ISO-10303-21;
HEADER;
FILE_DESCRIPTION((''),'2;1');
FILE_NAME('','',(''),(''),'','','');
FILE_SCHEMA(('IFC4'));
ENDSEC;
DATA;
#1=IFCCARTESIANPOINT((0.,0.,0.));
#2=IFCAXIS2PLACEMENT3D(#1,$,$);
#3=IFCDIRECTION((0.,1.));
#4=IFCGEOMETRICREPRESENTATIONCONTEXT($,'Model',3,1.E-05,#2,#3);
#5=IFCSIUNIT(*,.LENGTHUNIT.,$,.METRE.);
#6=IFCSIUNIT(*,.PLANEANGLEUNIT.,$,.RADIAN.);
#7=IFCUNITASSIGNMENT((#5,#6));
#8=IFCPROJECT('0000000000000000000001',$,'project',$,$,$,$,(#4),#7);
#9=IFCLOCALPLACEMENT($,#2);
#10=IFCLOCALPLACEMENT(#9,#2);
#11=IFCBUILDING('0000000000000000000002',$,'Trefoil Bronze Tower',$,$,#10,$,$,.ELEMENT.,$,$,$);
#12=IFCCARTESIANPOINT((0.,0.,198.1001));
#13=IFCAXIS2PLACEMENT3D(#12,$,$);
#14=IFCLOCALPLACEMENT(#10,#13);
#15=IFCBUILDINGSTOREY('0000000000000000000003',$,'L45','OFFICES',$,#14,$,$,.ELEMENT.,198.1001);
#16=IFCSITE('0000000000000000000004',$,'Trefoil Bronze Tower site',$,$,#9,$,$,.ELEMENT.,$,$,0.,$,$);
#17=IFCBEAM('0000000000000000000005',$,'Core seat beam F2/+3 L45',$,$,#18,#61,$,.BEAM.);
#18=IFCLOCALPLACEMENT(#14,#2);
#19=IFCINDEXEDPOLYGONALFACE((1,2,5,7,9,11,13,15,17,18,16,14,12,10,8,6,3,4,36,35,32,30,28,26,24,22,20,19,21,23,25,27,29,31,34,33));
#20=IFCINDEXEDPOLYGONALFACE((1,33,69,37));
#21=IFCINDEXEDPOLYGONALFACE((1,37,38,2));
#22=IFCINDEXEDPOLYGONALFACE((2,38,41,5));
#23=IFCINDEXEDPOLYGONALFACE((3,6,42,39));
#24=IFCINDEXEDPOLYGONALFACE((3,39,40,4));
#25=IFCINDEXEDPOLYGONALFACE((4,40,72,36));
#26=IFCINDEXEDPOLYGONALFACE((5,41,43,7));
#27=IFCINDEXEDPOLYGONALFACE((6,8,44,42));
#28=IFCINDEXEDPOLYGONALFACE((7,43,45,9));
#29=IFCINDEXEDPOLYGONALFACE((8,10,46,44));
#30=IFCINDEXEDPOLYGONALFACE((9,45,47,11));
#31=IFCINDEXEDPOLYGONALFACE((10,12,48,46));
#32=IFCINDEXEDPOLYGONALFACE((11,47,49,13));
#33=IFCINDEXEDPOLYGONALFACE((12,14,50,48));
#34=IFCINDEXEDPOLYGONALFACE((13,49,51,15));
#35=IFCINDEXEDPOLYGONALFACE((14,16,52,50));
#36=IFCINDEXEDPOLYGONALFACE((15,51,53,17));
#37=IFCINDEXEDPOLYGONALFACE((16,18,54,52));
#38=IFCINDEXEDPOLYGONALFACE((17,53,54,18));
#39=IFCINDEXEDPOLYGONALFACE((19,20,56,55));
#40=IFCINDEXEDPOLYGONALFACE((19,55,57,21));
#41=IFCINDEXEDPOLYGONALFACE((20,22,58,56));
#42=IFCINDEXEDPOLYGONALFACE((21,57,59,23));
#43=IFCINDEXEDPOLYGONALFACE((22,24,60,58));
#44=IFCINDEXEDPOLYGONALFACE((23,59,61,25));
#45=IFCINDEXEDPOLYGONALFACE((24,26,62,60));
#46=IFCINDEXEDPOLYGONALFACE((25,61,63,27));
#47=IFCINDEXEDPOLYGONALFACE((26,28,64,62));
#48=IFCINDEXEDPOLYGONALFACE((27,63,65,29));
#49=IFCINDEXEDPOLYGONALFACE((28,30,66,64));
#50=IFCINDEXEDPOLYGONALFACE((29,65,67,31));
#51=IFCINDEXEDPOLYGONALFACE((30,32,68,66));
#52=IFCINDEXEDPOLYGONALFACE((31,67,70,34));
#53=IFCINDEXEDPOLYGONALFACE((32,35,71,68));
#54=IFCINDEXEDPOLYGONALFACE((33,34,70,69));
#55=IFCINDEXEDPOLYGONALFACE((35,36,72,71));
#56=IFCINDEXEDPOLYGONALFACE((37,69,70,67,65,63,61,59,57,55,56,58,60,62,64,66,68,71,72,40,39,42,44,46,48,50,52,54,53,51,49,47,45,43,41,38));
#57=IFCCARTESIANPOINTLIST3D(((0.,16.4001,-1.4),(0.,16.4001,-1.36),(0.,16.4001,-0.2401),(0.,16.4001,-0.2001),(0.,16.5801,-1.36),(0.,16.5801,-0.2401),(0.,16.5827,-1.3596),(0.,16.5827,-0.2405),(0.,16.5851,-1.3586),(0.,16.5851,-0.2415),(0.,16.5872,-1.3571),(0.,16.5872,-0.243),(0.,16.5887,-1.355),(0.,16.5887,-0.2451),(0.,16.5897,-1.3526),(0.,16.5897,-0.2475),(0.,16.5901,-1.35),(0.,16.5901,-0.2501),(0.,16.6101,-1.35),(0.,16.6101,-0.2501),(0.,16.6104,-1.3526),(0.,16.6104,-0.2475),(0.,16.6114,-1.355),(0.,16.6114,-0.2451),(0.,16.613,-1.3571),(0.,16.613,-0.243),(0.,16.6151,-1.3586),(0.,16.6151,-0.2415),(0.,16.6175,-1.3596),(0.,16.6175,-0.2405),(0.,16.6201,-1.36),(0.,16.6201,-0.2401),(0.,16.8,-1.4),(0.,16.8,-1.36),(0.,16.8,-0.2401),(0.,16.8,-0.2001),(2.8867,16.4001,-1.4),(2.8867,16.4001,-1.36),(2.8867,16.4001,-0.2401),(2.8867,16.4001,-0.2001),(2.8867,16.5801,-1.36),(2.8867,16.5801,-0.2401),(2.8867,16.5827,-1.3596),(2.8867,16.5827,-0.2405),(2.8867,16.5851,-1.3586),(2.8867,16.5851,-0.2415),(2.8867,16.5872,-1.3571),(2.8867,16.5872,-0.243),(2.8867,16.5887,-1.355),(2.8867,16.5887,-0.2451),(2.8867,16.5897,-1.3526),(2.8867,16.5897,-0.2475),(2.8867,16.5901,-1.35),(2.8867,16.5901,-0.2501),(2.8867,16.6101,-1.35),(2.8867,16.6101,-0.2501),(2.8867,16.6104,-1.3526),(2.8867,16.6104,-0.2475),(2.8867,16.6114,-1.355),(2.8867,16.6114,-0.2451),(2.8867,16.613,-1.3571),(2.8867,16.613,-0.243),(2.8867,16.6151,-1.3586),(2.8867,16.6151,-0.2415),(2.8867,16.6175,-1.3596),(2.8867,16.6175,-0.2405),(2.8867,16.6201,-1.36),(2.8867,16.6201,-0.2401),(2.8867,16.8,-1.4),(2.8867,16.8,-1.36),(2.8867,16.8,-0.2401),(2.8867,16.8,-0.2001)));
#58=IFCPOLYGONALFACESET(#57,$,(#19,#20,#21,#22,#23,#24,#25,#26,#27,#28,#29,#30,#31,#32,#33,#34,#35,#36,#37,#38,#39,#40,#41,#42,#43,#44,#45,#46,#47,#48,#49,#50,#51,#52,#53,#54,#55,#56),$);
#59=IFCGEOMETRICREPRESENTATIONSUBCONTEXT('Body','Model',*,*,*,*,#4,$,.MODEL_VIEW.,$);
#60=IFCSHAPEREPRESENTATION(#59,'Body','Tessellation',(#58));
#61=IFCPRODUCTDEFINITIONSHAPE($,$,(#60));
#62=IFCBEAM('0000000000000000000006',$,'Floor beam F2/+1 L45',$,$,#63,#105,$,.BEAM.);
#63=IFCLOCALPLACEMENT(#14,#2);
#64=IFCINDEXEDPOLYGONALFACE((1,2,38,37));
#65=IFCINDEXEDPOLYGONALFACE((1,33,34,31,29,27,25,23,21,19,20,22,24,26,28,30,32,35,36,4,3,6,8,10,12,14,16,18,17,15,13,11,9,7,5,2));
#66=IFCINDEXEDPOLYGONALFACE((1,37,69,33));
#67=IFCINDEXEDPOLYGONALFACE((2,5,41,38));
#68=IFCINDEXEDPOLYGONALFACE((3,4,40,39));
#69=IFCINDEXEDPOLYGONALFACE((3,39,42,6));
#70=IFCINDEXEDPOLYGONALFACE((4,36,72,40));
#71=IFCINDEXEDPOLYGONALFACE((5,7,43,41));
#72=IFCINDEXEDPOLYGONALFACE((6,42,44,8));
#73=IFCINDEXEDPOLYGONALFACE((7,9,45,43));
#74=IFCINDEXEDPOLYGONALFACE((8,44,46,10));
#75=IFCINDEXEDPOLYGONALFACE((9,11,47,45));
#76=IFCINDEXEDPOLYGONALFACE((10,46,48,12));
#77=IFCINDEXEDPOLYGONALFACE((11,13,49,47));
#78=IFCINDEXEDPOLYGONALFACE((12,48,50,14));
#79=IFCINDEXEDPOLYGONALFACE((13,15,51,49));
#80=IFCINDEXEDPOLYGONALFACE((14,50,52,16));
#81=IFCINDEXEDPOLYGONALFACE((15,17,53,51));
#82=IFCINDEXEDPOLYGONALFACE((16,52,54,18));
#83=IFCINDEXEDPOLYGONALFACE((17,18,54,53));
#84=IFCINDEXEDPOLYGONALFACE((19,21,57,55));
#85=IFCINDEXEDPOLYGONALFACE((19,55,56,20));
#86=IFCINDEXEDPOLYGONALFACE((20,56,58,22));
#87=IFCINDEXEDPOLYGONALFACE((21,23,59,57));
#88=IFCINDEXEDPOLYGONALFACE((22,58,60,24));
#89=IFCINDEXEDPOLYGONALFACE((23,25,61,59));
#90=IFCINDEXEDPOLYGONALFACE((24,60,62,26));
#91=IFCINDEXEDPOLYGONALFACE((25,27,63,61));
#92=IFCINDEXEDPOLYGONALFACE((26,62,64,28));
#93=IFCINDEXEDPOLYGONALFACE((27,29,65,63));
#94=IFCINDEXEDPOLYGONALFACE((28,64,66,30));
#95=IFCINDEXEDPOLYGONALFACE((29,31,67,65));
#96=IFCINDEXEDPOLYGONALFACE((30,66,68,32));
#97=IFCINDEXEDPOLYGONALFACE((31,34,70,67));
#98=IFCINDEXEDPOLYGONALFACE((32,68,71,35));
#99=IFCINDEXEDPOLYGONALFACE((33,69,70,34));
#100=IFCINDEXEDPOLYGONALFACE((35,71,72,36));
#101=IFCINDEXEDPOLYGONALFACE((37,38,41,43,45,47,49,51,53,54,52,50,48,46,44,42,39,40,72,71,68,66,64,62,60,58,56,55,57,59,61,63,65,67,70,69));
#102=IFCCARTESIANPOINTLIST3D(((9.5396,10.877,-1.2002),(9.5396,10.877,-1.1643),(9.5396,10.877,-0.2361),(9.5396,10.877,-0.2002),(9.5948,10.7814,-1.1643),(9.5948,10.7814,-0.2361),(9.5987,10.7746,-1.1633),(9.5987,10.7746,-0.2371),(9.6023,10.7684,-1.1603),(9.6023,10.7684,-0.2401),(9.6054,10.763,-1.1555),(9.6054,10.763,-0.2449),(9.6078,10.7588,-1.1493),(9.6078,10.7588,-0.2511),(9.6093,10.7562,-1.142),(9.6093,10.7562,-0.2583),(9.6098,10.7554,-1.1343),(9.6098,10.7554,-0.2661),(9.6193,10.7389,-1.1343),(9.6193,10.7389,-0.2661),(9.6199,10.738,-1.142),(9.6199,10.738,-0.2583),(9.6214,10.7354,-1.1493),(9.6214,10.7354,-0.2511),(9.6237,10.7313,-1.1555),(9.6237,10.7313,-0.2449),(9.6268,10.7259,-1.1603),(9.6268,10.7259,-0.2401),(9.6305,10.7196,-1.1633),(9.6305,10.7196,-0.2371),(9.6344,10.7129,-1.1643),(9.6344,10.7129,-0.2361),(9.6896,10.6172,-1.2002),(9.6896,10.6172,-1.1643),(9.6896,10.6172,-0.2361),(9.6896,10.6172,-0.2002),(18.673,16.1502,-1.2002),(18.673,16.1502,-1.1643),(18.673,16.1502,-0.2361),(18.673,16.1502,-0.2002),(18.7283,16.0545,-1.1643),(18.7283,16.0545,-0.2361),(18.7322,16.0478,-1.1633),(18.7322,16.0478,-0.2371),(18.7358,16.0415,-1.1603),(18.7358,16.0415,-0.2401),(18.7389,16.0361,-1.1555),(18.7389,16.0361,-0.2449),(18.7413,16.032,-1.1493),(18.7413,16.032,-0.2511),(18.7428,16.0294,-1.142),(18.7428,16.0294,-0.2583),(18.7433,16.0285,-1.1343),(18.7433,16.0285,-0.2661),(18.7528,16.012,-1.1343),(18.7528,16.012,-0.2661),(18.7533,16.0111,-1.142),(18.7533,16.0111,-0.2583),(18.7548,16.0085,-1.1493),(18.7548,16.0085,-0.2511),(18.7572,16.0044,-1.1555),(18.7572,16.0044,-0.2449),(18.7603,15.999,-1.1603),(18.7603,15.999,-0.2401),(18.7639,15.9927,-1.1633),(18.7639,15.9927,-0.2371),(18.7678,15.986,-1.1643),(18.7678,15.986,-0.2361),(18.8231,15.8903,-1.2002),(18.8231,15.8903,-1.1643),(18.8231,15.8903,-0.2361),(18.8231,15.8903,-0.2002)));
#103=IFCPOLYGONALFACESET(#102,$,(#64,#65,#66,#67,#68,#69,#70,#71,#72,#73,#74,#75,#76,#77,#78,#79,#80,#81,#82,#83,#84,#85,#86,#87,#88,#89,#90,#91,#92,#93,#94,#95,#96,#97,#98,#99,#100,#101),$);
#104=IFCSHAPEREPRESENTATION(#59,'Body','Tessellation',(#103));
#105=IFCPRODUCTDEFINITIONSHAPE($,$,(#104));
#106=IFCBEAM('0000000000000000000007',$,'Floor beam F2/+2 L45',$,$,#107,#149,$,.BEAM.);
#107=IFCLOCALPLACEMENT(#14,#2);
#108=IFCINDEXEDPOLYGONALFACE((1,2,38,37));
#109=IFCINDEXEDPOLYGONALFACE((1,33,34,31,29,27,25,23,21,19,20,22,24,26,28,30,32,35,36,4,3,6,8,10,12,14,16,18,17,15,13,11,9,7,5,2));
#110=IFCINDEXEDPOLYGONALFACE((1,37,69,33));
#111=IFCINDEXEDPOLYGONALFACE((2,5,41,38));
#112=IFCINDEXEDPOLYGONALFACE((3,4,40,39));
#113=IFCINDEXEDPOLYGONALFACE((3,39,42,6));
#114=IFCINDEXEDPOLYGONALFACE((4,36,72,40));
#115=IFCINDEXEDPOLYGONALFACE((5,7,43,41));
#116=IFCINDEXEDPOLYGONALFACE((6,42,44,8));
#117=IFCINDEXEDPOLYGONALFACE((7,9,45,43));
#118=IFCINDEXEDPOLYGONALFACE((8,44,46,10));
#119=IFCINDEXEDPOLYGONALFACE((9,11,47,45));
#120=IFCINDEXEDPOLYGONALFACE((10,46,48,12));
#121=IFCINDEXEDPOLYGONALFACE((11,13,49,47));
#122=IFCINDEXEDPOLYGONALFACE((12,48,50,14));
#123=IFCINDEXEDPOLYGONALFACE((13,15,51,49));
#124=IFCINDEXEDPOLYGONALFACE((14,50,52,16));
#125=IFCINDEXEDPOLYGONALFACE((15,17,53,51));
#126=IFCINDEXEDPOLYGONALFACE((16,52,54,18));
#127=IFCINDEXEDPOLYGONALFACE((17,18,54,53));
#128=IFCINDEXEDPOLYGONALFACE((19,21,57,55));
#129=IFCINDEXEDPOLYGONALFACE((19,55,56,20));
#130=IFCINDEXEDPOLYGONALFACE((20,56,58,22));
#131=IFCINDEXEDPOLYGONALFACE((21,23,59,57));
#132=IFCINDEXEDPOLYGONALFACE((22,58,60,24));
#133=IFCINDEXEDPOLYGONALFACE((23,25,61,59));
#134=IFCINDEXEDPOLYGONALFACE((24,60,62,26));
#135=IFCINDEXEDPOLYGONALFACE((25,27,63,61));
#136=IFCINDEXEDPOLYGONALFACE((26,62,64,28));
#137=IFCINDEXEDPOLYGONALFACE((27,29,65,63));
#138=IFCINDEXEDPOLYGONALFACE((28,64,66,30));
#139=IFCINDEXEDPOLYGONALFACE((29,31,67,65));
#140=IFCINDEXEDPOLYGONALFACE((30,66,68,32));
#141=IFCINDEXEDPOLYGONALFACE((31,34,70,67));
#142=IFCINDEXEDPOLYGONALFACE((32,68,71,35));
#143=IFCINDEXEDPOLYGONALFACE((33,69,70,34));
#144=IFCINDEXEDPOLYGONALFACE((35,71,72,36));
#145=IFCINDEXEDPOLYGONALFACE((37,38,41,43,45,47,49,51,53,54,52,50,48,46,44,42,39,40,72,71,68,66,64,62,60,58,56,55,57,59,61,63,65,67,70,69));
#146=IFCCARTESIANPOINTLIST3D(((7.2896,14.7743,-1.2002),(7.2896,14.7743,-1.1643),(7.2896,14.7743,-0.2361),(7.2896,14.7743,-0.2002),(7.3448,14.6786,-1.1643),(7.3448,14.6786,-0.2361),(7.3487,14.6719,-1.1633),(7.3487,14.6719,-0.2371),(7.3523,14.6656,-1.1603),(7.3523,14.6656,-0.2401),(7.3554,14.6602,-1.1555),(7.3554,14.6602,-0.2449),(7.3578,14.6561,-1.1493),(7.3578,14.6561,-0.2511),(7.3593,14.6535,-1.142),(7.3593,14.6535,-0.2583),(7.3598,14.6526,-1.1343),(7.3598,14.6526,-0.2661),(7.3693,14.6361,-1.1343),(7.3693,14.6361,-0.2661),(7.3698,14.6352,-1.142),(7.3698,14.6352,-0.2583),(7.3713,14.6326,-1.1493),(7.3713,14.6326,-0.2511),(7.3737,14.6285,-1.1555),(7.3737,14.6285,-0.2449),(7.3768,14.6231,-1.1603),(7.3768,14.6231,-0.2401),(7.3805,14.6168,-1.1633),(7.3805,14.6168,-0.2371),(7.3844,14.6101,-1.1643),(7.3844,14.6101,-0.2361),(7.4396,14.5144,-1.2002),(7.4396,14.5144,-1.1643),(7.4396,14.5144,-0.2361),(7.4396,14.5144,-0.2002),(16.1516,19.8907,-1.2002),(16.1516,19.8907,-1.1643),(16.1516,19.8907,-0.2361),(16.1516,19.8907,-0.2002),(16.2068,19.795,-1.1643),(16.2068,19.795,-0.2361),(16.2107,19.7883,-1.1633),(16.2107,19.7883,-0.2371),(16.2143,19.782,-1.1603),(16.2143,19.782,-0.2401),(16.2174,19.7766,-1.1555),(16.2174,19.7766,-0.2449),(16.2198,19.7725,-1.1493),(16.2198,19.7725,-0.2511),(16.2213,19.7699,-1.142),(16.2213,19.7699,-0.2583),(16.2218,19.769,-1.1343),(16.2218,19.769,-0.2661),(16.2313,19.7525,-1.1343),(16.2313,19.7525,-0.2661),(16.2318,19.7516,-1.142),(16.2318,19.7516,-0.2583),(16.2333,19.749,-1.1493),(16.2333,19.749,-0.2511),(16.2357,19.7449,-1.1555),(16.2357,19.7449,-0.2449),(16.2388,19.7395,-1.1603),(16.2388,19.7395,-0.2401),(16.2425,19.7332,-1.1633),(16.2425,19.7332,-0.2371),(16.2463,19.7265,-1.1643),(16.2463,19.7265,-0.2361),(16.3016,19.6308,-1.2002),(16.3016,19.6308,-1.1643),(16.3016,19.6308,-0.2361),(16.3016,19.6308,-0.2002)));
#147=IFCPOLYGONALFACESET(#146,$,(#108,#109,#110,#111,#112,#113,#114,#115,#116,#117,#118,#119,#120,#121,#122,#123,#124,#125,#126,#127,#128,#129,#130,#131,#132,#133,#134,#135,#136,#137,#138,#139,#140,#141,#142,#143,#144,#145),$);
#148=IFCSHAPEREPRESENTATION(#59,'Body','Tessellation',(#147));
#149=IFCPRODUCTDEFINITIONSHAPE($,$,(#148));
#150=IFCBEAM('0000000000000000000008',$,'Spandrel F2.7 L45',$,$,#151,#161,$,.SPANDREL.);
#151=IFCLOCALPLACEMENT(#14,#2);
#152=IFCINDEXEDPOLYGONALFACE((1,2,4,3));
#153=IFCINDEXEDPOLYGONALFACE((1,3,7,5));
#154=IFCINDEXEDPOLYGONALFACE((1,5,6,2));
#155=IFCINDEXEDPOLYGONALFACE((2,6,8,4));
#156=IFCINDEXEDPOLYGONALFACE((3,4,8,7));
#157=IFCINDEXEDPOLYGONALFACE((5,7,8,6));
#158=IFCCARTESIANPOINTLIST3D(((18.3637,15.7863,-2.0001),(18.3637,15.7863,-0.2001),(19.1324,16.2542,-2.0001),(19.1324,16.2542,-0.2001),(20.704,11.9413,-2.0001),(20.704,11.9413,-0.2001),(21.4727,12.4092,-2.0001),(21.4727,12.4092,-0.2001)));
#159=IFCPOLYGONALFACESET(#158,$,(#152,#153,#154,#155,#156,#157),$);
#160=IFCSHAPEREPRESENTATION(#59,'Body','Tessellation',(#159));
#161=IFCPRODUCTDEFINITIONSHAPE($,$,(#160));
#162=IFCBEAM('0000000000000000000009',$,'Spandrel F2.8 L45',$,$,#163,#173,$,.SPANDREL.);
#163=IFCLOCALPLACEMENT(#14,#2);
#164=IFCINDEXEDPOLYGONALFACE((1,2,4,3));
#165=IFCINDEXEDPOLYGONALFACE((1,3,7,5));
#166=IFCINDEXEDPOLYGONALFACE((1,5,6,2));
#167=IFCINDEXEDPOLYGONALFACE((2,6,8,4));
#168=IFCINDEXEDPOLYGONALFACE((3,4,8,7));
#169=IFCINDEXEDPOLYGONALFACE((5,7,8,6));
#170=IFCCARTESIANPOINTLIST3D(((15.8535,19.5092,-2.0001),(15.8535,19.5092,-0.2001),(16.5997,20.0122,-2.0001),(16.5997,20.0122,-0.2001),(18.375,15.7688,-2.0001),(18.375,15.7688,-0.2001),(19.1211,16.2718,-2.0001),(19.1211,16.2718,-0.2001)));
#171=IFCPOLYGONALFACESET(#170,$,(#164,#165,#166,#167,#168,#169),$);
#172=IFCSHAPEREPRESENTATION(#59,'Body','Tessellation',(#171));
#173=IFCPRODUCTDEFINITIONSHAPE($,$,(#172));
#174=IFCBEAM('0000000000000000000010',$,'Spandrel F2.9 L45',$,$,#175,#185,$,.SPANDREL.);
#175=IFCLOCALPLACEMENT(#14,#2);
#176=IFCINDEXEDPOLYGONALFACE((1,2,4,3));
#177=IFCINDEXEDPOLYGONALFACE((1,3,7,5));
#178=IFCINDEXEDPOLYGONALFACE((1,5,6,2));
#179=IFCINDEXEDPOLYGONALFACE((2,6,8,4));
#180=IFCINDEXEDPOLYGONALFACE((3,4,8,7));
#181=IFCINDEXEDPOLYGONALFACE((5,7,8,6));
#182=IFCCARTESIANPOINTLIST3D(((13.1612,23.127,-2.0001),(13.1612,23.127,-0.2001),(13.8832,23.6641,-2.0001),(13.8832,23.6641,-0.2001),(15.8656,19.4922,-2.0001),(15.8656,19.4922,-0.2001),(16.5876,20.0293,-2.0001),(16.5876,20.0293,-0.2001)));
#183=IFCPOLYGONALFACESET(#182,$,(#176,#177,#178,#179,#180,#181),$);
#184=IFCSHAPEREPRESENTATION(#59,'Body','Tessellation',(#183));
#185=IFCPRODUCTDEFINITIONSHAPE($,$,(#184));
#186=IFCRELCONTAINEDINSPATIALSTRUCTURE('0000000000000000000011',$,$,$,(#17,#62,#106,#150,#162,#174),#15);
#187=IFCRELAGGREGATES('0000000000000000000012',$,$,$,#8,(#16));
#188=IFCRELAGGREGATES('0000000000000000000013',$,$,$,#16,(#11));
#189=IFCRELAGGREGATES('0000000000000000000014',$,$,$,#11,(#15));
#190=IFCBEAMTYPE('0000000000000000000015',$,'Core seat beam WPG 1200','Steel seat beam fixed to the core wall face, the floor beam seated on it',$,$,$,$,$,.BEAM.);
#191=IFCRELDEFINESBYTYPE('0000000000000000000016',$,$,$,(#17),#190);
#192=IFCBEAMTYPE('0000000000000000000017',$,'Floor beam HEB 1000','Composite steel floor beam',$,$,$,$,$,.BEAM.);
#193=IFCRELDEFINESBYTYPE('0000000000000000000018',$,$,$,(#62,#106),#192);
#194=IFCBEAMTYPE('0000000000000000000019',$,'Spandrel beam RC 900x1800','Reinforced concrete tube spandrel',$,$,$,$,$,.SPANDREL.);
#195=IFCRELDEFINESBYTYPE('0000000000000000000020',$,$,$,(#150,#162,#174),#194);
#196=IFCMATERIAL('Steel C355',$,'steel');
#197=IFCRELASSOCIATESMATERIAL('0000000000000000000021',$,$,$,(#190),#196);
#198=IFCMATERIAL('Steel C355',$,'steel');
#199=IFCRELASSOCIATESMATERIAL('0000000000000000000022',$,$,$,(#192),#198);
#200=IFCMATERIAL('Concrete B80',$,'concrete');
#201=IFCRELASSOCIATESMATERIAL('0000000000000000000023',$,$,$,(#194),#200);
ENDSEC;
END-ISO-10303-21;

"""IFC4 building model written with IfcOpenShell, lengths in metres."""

from ifc_helpers import new_model, si_unit, direction, frame, origin, origin_2d, place, context, subcontext, project, spatial, rectangle, i_section, extrude, material, material_profile, profile_set, type_object, element, save


model = new_model("IFC4")

# Units and contexts
model_context = context("Model", 3, precision=1e-05, world=origin(), true_north=direction((0.0, 1.0)))
body_context = subcontext(model_context, "Body", "Model", "MODEL_VIEW")
ifc_project = project(units=[si_unit("LENGTHUNIT", "METRE"), si_unit("PLANEANGLEUNIT", "RADIAN")], contexts=[model_context])

# Site, building, storey
site_placement = place(None, origin())
site = spatial("IfcSite", under=ifc_project, at=site_placement, Name="Trefoil Bronze Tower site", CompositionType="ELEMENT", RefElevation=0.0)
building_placement = place(site_placement, origin())
building = spatial("IfcBuilding", under=site, at=building_placement, Name="Trefoil Bronze Tower", CompositionType="ELEMENT")
storey_placement = place(building_placement, frame((0.0, 0.0, 198.1001)))
storey = spatial("IfcBuildingStorey", under=building, at=storey_placement, Name="L45", Description="OFFICES", CompositionType="ELEMENT", Elevation=198.1001)

# Beams
ifc_material_1 = material(Name="Steel C355", Category="steel")
ifc_material_profile_1 = material_profile(ifc_material_1, i_section(OverallWidth=0.3999, OverallDepth=1.2, WebThickness=0.02, FlangeThickness=0.04, FilletRadius=0.01, at=origin_2d()), Name="WPG 1200")
ifc_profile_set_1 = profile_set([ifc_material_profile_1], Name="Steel C355")
beam_type_1 = type_object("IfcBeamType", Name="Core seat beam WPG 1200", Description="Steel seat beam fixed to the core wall face, the floor beam seated on it", PredefinedType="BEAM", material=ifc_profile_set_1)
beam_1_placement = place(storey_placement, frame((2.8867, 16.6001, -0.8), z_axis=(-1.0, 0.0, 0.0), x_axis=(0.0, -1.0, 0.0)))
element("IfcBeam", 1, at=beam_1_placement, inside=storey, type_object=beam_type_1, Name="Core seat beam F2/+3 L45", PredefinedType="BEAM", context=body_context, shape_type="SweptSolid", body=[
    extrude(i_section(OverallWidth=0.3999, OverallDepth=1.2, WebThickness=0.02, FlangeThickness=0.04, FilletRadius=0.01, at=origin_2d()), origin(), (0.0, 0.0, 1.0), 2.8867),
])
ifc_material_2 = material(Name="Steel C355", Category="steel")
ifc_material_profile_2 = material_profile(ifc_material_2, i_section(OverallWidth=0.3, OverallDepth=1.0, WebThickness=0.019, FlangeThickness=0.0359, FilletRadius=0.03, at=origin_2d()), Name="HEB 1000")
ifc_profile_set_2 = profile_set([ifc_material_profile_2], Name="Steel C355")
beam_type_2 = type_object("IfcBeamType", Name="Floor beam HEB 1000", Description="Composite steel floor beam", PredefinedType="BEAM", material=ifc_profile_set_2)
beam_2_placement = place(storey_placement, frame((18.748, 16.0203, -0.7002), z_axis=(-0.866028, -0.499996, 0.0), x_axis=(0.499996, -0.866028, 0.0)))
element("IfcBeam", 2, at=beam_2_placement, inside=storey, type_object=beam_type_2, Name="Floor beam F2/+1 L45", PredefinedType="BEAM", context=body_context, shape_type="SweptSolid", body=[
    extrude(i_section(OverallWidth=0.3, OverallDepth=1.0, WebThickness=0.019, FlangeThickness=0.0359, FilletRadius=0.03, at=origin_2d()), origin(), (0.0, 0.0, 1.0), 10.5464),
])
beam_3_placement = place(storey_placement, frame((16.2266, 19.7607, -0.7002), z_axis=(-0.866028, -0.499996, 0.0), x_axis=(0.499996, -0.866028, 0.0)))
element("IfcBeam", 3, at=beam_3_placement, inside=storey, type_object=beam_type_2, Name="Floor beam F2/+2 L45", PredefinedType="BEAM", context=body_context, shape_type="SweptSolid", body=[
    extrude(i_section(OverallWidth=0.3, OverallDepth=1.0, WebThickness=0.019, FlangeThickness=0.0359, FilletRadius=0.03, at=origin_2d()), origin(), (0.0, 0.0, 1.0), 10.2329),
])
ifc_material_3 = material(Name="Concrete B80", Category="concrete")
ifc_material_profile_3 = material_profile(ifc_material_3, rectangle(XDim=0.8999, YDim=1.8, at=origin_2d()), Name="RC 900x1800")
ifc_profile_set_3 = profile_set([ifc_material_profile_3], Name="Concrete B80")
beam_type_3 = type_object("IfcBeamType", Name="Spandrel beam RC 900x1800", Description="Reinforced concrete tube spandrel", PredefinedType="SPANDREL", material=ifc_profile_set_3)
beam_4_placement = place(storey_placement, frame((21.0884, 12.1753, -1.1001), z_axis=(-0.519933, 0.854207, 0.0), x_axis=(-0.854207, -0.519933, 0.0)))
element("IfcBeam", 4, at=beam_4_placement, inside=storey, type_object=beam_type_3, Name="Spandrel F2.7 L45", PredefinedType="SPANDREL", context=body_context, shape_type="SweptSolid", body=[
    extrude(rectangle(XDim=0.8999, YDim=1.8, at=origin_2d()), origin(), (0.0, 0.0, 1.0), 4.5012),
])
beam_5_placement = place(storey_placement, frame((18.748, 16.0203, -1.1001), z_axis=(-0.558964, 0.829192, 0.0), x_axis=(-0.829192, -0.558964, 0.0)))
element("IfcBeam", 5, at=beam_5_placement, inside=storey, type_object=beam_type_3, Name="Spandrel F2.8 L45", PredefinedType="SPANDREL", context=body_context, shape_type="SweptSolid", body=[
    extrude(rectangle(XDim=0.8999, YDim=1.8, at=origin_2d()), origin(), (0.0, 0.0, 1.0), 4.511),
])
beam_6_placement = place(storey_placement, frame((16.2266, 19.7607, -1.1001), z_axis=(-0.596926, 0.802296, 0.0), x_axis=(-0.802296, -0.596926, 0.0)))
element("IfcBeam", 6, at=beam_6_placement, inside=storey, type_object=beam_type_3, Name="Spandrel F2.9 L45", PredefinedType="SPANDREL", context=body_context, shape_type="SweptSolid", body=[
    extrude(rectangle(XDim=0.8999, YDim=1.8, at=origin_2d()), origin(), (0.0, 0.0, 1.0), 4.5305),
])

save(model, "model.ifc")
